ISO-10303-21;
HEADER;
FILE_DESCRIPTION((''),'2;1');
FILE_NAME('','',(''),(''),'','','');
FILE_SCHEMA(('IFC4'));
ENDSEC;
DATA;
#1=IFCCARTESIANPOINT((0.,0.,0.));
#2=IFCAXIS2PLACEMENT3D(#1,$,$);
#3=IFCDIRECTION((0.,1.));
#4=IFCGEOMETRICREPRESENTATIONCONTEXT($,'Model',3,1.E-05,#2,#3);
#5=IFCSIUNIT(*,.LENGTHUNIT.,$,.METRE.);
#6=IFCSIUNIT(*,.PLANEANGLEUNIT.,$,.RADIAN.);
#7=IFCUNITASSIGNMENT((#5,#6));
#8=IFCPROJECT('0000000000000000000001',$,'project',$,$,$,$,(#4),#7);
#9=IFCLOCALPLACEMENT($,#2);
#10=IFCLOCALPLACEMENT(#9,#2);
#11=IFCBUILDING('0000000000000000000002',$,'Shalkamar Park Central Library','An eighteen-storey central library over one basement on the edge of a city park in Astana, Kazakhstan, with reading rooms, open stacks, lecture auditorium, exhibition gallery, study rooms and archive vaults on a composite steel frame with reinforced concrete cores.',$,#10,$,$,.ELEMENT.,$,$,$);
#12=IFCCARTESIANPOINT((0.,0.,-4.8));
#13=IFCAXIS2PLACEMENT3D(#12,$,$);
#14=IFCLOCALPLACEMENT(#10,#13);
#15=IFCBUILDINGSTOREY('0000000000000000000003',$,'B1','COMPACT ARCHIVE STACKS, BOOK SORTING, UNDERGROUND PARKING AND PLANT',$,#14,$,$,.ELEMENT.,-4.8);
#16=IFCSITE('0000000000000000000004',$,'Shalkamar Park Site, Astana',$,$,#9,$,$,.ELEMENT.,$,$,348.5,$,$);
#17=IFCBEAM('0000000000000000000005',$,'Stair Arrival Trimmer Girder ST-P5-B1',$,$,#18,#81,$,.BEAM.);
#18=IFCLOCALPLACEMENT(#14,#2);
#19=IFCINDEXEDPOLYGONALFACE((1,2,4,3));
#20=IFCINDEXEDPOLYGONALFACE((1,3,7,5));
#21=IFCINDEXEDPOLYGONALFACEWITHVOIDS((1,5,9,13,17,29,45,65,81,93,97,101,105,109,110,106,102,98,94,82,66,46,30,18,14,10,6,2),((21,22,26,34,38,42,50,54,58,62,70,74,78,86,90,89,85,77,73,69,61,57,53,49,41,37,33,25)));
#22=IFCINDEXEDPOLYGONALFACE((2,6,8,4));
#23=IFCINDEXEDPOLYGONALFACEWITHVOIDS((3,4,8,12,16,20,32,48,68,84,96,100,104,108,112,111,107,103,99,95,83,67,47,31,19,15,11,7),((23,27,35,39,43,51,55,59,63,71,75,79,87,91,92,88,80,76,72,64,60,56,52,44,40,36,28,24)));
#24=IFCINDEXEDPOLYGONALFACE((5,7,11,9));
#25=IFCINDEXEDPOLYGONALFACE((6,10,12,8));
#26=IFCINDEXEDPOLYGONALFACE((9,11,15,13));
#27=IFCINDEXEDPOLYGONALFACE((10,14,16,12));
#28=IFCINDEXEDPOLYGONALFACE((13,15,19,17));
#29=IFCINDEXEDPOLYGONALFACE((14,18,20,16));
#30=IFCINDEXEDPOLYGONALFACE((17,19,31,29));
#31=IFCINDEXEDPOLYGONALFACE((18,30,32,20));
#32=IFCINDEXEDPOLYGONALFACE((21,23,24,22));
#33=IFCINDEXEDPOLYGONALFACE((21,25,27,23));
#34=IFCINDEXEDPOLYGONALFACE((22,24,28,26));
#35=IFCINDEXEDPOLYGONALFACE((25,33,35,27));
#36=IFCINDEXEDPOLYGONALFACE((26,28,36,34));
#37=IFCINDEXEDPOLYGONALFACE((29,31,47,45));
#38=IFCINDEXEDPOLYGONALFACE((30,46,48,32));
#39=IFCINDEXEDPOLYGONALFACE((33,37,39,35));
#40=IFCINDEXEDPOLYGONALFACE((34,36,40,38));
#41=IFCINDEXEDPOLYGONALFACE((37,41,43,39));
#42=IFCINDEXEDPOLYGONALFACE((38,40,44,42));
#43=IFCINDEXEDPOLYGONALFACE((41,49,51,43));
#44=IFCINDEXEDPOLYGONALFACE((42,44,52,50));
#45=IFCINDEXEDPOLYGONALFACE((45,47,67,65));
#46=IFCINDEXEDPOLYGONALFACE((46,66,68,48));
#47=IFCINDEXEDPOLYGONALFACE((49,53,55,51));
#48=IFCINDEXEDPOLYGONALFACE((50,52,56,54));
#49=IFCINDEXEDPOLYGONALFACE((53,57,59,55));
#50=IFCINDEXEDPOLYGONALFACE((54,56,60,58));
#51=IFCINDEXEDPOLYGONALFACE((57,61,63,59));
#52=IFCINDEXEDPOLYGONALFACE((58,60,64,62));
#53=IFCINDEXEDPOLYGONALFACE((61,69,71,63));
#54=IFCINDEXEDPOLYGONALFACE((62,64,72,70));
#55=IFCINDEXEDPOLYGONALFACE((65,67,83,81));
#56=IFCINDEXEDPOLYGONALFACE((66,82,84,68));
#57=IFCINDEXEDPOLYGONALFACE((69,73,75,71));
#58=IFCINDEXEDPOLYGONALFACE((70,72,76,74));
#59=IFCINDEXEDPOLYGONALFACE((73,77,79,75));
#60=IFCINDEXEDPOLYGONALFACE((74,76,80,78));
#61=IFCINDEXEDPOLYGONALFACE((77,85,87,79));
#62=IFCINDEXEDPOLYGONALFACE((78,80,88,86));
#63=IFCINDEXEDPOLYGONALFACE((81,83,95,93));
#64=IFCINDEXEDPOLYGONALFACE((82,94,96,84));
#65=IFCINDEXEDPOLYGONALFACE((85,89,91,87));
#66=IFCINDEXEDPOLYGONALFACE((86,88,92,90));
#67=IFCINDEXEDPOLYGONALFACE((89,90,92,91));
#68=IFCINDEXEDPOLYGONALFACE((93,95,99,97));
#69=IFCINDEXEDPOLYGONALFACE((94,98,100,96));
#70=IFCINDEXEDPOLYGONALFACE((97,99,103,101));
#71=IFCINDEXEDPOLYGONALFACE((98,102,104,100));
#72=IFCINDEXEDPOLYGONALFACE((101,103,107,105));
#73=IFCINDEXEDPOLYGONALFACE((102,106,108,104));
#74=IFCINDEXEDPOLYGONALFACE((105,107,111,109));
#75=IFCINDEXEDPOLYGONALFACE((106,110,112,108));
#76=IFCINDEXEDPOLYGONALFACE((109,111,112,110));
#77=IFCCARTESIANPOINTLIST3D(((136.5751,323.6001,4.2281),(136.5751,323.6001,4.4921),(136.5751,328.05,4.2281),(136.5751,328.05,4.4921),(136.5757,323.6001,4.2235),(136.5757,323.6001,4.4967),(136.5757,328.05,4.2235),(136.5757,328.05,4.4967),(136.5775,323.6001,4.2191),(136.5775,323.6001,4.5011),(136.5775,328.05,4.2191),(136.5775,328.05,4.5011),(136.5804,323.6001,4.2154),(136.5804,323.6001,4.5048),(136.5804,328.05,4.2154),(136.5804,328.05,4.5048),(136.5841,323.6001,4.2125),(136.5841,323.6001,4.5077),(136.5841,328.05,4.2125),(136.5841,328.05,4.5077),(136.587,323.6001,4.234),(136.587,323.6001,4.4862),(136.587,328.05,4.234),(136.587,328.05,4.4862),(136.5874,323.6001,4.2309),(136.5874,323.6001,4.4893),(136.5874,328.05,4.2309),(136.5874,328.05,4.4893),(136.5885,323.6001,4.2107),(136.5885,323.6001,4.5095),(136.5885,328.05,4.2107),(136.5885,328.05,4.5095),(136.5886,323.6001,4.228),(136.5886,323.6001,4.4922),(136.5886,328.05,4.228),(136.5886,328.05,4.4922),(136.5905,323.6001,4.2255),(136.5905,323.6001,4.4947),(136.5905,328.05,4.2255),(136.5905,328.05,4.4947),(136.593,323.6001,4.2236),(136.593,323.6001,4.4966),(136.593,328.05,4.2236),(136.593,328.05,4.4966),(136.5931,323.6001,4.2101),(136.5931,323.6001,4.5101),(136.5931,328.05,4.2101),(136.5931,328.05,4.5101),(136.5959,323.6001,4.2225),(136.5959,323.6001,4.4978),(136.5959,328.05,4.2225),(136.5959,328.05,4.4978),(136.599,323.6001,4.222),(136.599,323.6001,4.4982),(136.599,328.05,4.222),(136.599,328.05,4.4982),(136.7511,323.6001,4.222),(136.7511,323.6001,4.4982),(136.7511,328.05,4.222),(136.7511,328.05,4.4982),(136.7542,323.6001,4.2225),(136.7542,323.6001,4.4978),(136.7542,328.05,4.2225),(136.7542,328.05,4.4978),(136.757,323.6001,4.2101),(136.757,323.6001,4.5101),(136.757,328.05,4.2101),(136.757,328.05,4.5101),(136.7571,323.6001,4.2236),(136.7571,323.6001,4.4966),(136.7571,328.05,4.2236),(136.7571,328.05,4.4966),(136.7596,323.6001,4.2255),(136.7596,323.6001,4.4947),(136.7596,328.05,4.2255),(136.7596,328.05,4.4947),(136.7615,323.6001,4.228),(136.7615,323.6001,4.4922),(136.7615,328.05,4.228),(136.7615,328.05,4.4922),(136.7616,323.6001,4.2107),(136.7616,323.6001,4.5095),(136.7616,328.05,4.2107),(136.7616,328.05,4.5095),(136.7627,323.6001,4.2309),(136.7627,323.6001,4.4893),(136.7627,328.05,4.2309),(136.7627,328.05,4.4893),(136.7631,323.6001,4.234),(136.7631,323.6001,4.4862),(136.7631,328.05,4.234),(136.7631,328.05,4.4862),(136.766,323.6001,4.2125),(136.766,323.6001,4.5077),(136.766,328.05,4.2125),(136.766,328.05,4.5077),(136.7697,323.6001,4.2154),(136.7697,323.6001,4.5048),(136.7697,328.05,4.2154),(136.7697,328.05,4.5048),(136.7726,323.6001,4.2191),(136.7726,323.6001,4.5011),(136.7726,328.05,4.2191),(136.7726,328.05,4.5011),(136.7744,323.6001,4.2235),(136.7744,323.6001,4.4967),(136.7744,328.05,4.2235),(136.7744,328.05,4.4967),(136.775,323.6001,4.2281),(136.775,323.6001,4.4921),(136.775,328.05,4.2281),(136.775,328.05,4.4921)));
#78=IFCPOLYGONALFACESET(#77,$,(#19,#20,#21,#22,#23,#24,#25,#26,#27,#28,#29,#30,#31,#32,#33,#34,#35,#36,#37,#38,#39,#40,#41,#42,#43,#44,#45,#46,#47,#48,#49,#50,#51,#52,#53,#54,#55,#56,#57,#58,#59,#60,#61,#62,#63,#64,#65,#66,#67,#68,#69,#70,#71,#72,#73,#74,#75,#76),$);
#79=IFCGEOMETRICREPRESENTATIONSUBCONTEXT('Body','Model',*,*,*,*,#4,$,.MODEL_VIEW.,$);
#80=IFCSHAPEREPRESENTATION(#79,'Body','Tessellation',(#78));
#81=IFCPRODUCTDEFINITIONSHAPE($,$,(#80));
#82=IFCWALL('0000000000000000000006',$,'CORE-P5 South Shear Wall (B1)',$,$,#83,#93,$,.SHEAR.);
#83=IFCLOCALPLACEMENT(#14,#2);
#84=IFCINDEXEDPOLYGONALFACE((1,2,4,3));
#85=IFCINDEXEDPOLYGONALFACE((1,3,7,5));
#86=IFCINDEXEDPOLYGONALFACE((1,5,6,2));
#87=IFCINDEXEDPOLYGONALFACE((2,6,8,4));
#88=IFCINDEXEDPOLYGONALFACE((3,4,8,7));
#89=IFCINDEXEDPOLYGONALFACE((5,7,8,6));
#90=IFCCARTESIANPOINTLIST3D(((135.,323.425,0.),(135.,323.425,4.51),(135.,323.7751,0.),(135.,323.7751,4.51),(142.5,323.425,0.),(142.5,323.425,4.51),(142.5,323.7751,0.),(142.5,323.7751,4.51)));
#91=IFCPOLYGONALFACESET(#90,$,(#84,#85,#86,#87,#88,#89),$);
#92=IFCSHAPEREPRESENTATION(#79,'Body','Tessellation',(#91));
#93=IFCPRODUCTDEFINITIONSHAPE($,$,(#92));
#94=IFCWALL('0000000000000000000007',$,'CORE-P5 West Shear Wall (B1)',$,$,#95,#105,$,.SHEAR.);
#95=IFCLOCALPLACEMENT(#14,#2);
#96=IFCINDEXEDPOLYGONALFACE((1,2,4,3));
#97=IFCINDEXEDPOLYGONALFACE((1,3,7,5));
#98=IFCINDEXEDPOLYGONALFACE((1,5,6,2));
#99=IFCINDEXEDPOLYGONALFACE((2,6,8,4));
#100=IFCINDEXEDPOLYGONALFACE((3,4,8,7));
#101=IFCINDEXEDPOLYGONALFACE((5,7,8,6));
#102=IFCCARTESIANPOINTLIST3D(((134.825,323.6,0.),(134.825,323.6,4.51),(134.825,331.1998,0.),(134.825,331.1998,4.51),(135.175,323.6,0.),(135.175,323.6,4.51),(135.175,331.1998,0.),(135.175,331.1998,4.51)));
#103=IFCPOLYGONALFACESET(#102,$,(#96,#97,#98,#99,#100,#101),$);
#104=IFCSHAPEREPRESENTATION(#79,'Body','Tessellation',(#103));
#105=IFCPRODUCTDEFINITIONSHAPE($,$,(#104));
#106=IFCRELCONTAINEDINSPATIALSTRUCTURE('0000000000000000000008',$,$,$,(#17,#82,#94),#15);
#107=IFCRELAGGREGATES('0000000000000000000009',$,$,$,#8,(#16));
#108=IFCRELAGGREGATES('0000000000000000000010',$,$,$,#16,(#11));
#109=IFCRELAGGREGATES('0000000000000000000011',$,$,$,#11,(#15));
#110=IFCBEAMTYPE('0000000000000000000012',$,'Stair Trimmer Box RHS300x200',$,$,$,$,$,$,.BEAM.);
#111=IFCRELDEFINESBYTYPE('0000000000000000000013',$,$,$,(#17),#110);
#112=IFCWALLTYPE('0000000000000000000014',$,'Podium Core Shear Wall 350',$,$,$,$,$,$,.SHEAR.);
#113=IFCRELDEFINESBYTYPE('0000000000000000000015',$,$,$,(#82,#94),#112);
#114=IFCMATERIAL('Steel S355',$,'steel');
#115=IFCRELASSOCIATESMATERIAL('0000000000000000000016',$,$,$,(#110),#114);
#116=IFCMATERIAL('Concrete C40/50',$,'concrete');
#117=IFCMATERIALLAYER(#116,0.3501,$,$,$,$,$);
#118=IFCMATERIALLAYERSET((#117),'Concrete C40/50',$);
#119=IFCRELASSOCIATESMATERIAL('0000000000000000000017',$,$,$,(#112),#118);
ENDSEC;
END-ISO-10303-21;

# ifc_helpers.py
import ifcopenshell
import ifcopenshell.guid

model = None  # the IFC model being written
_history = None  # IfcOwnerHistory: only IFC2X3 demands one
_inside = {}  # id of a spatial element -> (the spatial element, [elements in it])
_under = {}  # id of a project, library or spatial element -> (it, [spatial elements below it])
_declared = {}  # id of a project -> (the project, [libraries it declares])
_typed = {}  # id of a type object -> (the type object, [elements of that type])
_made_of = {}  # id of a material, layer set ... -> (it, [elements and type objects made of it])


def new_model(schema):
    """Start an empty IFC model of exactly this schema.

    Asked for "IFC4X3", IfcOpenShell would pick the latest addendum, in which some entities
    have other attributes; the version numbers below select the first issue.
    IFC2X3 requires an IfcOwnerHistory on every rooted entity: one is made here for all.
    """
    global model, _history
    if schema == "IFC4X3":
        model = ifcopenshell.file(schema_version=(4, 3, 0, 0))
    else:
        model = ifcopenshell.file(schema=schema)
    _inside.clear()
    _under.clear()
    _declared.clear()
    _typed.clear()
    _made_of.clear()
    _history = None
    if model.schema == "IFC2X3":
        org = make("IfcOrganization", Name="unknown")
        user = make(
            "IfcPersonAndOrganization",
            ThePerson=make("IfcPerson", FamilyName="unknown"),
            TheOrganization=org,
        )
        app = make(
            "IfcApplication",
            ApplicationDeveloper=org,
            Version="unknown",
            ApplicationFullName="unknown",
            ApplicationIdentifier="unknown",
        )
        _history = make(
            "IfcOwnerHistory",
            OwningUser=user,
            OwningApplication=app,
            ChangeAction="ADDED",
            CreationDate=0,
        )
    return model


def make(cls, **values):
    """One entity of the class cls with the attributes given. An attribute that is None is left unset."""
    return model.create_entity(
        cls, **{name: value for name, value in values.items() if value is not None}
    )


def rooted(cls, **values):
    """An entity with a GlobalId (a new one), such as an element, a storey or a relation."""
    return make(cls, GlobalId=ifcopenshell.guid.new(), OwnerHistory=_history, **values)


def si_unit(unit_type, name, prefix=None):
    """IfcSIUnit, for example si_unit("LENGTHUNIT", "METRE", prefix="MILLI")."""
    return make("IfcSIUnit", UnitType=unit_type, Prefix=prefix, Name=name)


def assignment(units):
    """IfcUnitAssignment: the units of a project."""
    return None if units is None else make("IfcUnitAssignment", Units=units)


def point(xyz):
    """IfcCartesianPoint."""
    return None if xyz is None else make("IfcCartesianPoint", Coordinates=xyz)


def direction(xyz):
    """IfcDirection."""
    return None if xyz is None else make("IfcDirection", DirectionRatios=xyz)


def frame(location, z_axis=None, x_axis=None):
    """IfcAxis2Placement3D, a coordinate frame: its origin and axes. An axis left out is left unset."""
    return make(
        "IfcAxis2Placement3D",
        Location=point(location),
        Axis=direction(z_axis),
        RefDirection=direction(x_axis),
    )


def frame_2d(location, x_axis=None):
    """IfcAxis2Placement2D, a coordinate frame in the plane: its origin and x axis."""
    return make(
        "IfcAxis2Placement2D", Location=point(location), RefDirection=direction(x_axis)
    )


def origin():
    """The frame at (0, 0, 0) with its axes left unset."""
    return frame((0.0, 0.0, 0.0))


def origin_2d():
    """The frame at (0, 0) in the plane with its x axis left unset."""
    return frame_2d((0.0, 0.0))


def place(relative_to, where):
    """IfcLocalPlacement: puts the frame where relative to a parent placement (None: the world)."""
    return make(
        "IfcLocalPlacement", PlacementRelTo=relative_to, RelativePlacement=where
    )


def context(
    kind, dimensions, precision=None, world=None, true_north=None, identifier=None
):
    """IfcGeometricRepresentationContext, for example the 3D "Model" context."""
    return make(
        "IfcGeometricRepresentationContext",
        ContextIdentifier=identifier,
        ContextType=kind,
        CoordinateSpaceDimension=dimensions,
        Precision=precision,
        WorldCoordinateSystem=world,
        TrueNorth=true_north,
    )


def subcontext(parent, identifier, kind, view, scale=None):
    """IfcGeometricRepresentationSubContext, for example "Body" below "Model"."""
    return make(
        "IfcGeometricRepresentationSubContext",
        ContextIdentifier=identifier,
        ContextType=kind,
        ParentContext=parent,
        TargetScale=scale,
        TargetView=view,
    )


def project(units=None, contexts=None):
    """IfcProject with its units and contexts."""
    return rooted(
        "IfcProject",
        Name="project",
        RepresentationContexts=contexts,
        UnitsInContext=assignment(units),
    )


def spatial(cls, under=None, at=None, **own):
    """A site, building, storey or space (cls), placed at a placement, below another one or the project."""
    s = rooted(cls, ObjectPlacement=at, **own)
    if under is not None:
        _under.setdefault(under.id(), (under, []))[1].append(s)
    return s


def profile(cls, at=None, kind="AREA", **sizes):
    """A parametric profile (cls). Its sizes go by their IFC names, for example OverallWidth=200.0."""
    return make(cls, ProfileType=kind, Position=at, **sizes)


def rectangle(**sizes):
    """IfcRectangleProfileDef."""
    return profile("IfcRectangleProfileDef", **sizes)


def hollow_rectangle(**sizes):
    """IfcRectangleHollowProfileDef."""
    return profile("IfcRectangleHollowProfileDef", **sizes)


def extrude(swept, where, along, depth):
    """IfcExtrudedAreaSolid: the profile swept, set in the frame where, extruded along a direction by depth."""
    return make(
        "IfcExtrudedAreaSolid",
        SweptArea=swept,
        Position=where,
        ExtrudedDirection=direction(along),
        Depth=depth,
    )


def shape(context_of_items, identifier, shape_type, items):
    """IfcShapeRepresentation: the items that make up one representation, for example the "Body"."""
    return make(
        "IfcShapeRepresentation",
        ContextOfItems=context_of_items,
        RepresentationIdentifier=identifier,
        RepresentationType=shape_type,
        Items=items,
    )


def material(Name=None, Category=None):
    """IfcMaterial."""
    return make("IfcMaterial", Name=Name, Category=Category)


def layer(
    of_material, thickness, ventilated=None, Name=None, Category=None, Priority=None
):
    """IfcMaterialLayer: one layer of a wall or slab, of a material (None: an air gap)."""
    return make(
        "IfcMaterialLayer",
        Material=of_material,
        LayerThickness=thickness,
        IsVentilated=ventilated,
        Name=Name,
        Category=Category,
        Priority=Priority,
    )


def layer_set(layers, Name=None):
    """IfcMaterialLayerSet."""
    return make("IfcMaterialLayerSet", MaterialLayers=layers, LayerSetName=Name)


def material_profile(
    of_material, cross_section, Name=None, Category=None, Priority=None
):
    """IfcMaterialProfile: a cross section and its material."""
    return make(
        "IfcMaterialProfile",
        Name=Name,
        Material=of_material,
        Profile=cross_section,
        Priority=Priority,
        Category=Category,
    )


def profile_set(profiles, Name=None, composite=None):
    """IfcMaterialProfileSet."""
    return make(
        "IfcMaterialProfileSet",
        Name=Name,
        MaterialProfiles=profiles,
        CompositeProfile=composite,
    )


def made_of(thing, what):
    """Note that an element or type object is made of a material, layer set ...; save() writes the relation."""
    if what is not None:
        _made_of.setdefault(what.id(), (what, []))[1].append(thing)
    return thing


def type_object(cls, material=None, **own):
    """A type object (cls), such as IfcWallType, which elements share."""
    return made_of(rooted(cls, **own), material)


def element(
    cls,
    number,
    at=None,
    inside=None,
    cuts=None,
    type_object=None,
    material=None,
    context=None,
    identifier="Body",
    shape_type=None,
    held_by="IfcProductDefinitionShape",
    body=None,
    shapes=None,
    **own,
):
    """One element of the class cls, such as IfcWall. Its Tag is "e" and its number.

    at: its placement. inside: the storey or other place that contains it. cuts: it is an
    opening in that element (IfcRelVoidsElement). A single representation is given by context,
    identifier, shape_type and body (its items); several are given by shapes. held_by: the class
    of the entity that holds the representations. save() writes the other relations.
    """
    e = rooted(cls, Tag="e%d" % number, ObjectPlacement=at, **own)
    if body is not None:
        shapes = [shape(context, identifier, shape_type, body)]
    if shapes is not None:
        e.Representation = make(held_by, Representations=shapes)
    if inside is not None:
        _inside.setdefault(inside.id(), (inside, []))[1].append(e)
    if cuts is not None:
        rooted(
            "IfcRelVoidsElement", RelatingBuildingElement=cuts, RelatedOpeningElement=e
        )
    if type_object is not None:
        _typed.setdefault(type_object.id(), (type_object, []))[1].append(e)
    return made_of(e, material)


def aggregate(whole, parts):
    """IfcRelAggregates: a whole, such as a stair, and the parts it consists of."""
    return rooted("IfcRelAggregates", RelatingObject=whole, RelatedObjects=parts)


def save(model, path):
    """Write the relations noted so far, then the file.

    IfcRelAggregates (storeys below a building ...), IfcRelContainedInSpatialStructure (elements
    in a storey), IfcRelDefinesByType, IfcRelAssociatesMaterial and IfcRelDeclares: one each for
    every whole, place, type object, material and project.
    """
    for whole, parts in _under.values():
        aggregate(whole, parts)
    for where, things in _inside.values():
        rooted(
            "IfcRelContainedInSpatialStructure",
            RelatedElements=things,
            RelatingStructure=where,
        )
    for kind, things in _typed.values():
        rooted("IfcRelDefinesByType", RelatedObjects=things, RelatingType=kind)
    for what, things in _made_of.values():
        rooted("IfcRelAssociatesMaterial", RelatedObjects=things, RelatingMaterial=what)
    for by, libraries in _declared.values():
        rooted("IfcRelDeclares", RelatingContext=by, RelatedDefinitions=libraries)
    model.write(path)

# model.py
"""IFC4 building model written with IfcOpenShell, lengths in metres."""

from ifc_helpers import new_model, si_unit, direction, frame, frame_2d, origin, origin_2d, place, context, subcontext, project, spatial, rectangle, hollow_rectangle, extrude, material, layer, layer_set, material_profile, profile_set, type_object, element, save


model = new_model("IFC4")

# Units and contexts
model_context = context("Model", 3, precision=1e-05, world=origin(), true_north=direction((0.0, 1.0)))
body_context = subcontext(model_context, "Body", "Model", "MODEL_VIEW")
ifc_project = project(units=[si_unit("LENGTHUNIT", "METRE"), si_unit("PLANEANGLEUNIT", "RADIAN")], contexts=[model_context])

# Site, building, storey
site_placement = place(None, origin())
site = spatial("IfcSite", under=ifc_project, at=site_placement, Name="Shalkamar Park Site, Astana", CompositionType="ELEMENT", RefElevation=348.5)
building_placement = place(site_placement, origin())
building = spatial("IfcBuilding", under=site, at=building_placement, Name="Shalkamar Park Central Library", Description="An eighteen-storey central library over one basement on the edge of a city park in Astana, Kazakhstan, with reading rooms, open stacks, lecture auditorium, exhibition gallery, study rooms and archive vaults on a composite steel frame with reinforced concrete cores.", CompositionType="ELEMENT")
storey_placement = place(building_placement, frame((0.0, 0.0, -4.8)))
storey = spatial("IfcBuildingStorey", under=building, at=storey_placement, Name="B1", Description="COMPACT ARCHIVE STACKS, BOOK SORTING, UNDERGROUND PARKING AND PLANT", CompositionType="ELEMENT", Elevation=-4.8)

# Shared definitions
ifc_material_1 = material(Name="Steel S355", Category="steel")

# Beam
ifc_material_profile_1 = material_profile(ifc_material_1, hollow_rectangle(XDim=0.2, YDim=0.3, WallThickness=0.012, InnerFilletRadius=0.012, OuterFilletRadius=0.0181, at=origin_2d()), Name="RHS 300x200x12")
ifc_profile_set_1 = profile_set([ifc_material_profile_1], Name="Steel S355")
beam_type_1 = type_object("IfcBeamType", Name="Stair Trimmer Box RHS300x200", PredefinedType="BEAM", material=ifc_profile_set_1)
beam_1_placement = place(storey_placement, frame((136.675, 323.6001, 4.3601), z_axis=(0.0, 1.0, 0.0), x_axis=(-1.0, 0.0, 0.0)))
element("IfcBeam", 1, at=beam_1_placement, inside=storey, type_object=beam_type_1, Name="Stair Arrival Trimmer Girder ST-P5-B1", PredefinedType="BEAM", context=body_context, shape_type="SweptSolid", body=[
    extrude(hollow_rectangle(XDim=0.2, YDim=0.3, WallThickness=0.012, InnerFilletRadius=0.012, OuterFilletRadius=0.0181, at=origin_2d()), origin(), (0.0, 0.0, 1.0), 4.45),
])

# Walls
ifc_material_2 = material(Name="Concrete C40/50", Category="concrete")
ifc_layer = layer(ifc_material_2, 0.3501)
ifc_layer_set = layer_set([ifc_layer], Name="Concrete C40/50")
wall_type = type_object("IfcWallType", Name="Podium Core Shear Wall 350", PredefinedType="SHEAR", material=ifc_layer_set)
wall_1_placement = place(storey_placement, frame((135.0, 323.6001, 0.0), z_axis=(0.0, 0.0, 1.0), x_axis=(1.0, 0.0, 0.0)))
element("IfcWall", 2, at=wall_1_placement, inside=storey, type_object=wall_type, Name="CORE-P5 South Shear Wall (B1)", PredefinedType="SHEAR", context=body_context, shape_type="SweptSolid", body=[
    extrude(rectangle(XDim=7.5, YDim=0.3501, at=frame_2d((3.75, 0.0))), origin(), (0.0, 0.0, 1.0), 4.51),
])
wall_2_placement = place(storey_placement, frame((135.0, 323.6001, 0.0), z_axis=(0.0, 0.0, 1.0), x_axis=(0.0, 1.0, 0.0)))
element("IfcWall", 3, at=wall_2_placement, inside=storey, type_object=wall_type, Name="CORE-P5 West Shear Wall (B1)", PredefinedType="SHEAR", context=body_context, shape_type="SweptSolid", body=[
    extrude(rectangle(XDim=7.5999, YDim=0.3501, at=frame_2d((3.7998, 0.0))), origin(), (0.0, 0.0, 1.0), 4.51),
])

save(model, "model.ifc")
